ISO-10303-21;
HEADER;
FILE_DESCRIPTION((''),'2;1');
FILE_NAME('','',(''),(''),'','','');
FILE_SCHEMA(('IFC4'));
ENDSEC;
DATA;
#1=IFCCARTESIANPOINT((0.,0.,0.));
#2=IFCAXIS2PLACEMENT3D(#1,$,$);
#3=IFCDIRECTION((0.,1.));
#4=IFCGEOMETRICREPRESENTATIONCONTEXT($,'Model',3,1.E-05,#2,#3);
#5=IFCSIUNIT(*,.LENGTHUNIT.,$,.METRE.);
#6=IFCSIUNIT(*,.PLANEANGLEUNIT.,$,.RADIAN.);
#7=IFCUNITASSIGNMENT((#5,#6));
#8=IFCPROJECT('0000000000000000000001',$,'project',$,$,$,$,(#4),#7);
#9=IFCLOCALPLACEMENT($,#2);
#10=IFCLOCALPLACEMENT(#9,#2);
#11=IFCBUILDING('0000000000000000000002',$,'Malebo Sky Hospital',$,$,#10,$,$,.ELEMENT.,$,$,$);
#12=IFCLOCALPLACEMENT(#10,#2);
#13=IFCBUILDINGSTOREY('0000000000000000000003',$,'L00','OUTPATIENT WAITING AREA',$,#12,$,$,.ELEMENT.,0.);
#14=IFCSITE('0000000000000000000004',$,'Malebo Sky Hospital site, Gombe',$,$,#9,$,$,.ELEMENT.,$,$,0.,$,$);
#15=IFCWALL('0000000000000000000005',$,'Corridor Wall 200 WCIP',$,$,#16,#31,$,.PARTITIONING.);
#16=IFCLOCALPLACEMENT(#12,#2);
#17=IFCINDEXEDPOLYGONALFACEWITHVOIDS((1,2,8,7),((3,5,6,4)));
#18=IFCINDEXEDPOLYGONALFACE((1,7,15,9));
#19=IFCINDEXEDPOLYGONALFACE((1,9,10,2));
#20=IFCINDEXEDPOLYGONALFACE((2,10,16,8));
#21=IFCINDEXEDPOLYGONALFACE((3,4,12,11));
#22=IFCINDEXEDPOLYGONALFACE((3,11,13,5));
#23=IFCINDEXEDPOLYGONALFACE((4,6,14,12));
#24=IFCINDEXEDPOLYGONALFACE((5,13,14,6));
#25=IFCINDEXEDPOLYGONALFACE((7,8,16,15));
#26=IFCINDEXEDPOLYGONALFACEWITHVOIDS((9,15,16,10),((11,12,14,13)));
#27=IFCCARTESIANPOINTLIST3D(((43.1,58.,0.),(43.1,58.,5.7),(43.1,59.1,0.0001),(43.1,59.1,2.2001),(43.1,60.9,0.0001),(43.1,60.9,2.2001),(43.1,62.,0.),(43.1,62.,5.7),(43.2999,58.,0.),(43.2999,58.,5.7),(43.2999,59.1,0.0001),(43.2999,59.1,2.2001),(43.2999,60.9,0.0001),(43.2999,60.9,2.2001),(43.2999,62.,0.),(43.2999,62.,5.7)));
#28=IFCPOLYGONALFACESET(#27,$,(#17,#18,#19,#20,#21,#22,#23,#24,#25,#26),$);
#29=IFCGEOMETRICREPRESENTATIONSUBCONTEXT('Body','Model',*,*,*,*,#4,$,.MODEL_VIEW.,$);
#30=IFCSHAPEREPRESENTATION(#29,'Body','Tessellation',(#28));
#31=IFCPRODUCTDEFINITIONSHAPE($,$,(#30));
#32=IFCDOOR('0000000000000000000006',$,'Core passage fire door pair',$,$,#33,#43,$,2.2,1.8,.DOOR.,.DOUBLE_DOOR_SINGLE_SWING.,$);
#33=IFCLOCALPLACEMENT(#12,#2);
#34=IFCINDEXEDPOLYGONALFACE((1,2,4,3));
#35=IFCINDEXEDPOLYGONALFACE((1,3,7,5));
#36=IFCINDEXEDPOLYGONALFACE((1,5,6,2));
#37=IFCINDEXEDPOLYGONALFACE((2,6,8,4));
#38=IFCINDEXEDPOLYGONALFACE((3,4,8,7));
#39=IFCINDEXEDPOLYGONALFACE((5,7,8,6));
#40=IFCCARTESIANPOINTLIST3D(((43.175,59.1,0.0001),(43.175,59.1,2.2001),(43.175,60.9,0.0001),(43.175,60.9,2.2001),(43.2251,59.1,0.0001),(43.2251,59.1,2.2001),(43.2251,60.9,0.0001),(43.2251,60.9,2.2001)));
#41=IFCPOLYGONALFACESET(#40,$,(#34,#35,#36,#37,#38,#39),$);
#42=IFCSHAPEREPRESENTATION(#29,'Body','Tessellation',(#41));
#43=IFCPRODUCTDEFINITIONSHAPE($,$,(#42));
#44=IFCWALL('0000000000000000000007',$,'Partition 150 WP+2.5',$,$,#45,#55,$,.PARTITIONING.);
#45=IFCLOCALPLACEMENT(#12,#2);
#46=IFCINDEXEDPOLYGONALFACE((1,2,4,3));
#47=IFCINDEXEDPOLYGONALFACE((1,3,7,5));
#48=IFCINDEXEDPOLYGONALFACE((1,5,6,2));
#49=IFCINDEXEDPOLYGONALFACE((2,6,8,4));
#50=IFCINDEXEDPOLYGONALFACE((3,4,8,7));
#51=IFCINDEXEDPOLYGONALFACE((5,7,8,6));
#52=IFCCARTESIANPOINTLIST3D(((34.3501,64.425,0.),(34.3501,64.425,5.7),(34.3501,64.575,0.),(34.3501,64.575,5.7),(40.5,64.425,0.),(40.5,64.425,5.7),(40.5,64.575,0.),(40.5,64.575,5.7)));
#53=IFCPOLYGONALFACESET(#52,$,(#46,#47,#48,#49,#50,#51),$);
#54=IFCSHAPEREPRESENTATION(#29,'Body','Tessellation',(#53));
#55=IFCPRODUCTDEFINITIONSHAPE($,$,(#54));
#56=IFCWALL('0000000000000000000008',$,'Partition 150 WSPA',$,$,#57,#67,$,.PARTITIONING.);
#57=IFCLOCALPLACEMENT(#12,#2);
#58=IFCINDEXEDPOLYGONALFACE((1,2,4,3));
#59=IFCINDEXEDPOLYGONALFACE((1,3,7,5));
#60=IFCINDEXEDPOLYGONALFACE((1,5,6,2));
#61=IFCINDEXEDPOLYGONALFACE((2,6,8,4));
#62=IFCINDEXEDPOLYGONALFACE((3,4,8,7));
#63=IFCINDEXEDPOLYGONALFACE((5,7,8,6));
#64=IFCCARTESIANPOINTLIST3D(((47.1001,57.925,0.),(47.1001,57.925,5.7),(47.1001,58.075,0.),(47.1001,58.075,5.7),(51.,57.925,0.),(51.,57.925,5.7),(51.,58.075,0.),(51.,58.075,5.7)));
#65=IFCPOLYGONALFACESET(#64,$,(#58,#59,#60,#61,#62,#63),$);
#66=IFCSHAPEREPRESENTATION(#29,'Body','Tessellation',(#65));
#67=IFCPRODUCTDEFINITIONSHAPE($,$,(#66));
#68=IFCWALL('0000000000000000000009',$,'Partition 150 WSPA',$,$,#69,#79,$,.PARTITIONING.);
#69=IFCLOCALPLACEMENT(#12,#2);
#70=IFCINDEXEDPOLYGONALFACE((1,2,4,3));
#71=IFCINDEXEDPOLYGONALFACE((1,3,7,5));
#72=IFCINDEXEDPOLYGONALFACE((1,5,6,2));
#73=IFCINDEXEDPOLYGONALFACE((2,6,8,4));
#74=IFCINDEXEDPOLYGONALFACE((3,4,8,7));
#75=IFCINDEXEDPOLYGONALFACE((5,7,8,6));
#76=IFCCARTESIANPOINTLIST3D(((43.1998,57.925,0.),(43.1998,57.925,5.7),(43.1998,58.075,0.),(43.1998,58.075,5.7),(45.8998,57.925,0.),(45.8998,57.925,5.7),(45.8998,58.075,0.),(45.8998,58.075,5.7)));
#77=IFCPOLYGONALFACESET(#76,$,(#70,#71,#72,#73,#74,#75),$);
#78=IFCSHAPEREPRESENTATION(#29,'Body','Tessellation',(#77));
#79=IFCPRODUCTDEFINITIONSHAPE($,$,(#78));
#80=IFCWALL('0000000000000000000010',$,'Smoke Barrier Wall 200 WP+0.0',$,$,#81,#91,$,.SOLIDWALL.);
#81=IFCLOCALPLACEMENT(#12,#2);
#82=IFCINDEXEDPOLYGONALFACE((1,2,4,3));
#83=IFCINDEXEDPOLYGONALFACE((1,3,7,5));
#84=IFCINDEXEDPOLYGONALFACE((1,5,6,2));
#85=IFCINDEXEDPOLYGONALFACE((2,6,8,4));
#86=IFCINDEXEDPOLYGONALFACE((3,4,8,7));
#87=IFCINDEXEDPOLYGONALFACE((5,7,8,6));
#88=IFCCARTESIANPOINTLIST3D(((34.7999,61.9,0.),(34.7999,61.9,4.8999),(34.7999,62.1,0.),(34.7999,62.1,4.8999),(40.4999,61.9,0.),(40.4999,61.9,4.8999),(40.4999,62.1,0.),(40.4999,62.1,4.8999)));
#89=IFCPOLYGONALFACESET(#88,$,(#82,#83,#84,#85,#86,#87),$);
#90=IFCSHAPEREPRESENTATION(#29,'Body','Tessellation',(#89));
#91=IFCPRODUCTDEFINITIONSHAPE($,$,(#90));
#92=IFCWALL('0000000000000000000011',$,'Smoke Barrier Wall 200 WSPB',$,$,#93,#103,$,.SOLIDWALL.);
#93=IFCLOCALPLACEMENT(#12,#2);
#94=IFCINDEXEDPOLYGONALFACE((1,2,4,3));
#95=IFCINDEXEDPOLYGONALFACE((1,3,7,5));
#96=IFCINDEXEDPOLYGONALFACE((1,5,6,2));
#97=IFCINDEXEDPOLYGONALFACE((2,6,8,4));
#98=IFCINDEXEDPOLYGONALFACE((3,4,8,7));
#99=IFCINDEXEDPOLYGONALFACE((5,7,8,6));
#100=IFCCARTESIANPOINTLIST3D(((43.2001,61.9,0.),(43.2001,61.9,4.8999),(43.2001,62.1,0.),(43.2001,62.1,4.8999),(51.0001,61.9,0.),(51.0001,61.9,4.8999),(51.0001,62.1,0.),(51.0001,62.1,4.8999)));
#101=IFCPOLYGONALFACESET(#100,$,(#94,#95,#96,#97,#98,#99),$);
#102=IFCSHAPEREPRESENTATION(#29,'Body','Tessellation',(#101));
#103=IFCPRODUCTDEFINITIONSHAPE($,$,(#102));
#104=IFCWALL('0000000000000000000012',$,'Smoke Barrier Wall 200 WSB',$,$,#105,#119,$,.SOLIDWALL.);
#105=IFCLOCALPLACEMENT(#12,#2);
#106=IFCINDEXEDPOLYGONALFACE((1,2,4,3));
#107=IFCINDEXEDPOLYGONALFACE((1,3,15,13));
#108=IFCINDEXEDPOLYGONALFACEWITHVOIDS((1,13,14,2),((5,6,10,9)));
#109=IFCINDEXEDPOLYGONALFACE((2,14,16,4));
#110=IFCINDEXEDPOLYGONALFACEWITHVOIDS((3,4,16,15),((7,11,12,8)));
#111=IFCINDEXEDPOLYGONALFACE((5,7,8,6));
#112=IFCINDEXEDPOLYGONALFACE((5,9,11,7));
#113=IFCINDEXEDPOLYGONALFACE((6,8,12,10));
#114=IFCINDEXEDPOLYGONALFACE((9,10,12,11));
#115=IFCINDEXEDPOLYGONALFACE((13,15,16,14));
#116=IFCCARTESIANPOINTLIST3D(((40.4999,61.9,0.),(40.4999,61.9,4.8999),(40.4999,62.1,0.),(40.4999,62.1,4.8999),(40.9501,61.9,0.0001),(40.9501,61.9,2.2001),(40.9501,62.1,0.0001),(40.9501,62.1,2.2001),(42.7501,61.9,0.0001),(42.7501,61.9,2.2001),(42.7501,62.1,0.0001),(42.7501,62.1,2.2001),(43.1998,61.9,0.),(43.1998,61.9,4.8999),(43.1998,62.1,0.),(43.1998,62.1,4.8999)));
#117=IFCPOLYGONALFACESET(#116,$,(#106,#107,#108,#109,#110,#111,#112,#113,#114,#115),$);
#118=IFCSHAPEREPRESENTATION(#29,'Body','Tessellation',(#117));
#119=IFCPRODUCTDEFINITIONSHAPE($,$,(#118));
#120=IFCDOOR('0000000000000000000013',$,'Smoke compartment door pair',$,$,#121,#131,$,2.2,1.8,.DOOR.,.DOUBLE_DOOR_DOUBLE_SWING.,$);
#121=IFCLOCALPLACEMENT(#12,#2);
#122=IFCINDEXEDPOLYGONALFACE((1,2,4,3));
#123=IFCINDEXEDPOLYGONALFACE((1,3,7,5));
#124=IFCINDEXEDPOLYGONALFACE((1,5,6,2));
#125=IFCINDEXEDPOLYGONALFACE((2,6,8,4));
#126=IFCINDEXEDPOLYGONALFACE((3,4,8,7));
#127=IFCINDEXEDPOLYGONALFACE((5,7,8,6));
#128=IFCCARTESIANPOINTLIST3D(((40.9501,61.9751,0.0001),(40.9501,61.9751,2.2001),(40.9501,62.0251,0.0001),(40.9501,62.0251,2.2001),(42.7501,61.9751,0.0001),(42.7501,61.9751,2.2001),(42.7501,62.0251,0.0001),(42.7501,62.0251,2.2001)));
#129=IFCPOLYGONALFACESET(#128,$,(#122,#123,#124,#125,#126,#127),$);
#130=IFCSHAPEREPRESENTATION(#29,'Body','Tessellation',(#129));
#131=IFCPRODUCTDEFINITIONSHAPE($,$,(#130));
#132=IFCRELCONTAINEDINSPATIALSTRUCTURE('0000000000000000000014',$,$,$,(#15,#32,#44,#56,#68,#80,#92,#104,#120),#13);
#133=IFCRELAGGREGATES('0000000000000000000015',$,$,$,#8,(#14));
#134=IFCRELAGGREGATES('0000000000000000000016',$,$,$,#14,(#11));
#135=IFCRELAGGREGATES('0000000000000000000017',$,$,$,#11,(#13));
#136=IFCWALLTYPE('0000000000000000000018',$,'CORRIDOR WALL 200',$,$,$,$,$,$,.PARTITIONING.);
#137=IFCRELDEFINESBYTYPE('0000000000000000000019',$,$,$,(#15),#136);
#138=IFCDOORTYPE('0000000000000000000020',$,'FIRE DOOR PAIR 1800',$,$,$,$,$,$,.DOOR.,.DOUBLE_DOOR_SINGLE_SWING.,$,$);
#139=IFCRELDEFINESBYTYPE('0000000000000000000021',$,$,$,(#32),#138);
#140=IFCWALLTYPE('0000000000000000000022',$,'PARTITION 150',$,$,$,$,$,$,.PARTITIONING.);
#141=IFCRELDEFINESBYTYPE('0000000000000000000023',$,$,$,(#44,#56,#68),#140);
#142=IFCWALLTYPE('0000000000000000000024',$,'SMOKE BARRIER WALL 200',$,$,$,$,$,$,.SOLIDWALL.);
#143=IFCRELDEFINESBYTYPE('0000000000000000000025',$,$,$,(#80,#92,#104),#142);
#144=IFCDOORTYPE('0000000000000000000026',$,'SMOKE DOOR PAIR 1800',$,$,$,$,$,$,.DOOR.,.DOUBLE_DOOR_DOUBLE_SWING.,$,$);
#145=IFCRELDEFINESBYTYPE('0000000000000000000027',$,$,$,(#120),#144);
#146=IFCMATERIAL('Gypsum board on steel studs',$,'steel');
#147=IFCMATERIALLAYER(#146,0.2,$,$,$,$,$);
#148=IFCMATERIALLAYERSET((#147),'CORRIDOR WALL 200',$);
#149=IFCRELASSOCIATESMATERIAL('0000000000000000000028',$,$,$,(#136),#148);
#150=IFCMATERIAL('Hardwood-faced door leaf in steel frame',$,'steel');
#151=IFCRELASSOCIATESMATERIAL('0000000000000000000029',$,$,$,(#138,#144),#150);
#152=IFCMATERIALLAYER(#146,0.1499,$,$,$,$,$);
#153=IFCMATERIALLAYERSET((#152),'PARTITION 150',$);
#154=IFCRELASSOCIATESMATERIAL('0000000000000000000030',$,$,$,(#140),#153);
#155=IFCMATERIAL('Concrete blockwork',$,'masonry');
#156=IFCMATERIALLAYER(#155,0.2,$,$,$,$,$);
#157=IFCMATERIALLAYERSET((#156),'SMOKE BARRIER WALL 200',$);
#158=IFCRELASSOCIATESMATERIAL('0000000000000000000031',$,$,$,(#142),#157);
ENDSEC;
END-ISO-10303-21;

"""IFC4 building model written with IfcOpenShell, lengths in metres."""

from ifc_helpers import new_model, si_unit, direction, frame, frame_2d, origin, place, context, subcontext, project, spatial, rectangle, extrude, material, layer, layer_set, type_object, element, fill, save


model = new_model("IFC4")

# Units and contexts
model_context = context("Model", 3, precision=1e-05, world=origin(), true_north=direction((0.0, 1.0)))
body_context = subcontext(model_context, "Body", "Model", "MODEL_VIEW")
ifc_project = project(units=[si_unit("LENGTHUNIT", "METRE"), si_unit("PLANEANGLEUNIT", "RADIAN")], contexts=[model_context])

# Site, building, storey
site_placement = place(None, origin())
site = spatial("IfcSite", under=ifc_project, at=site_placement, Name="Malebo Sky Hospital site, Gombe", CompositionType="ELEMENT", RefElevation=0.0)
building_placement = place(site_placement, origin())
building = spatial("IfcBuilding", under=site, at=building_placement, Name="Malebo Sky Hospital", CompositionType="ELEMENT")
storey_placement = place(building_placement, origin())
storey = spatial("IfcBuildingStorey", under=building, at=storey_placement, Name="L00", Description="OUTPATIENT WAITING AREA", CompositionType="ELEMENT", Elevation=0.0)

# Shared definitions
ifc_material_1 = material(Name="Hardwood-faced door leaf in steel frame", Category="steel")

# Shared definitions
ifc_material_2 = material(Name="Gypsum board on steel studs", Category="steel")
ifc_layer_1 = layer(ifc_material_2, 0.2)
ifc_layer_set_1 = layer_set([ifc_layer_1], Name="CORRIDOR WALL 200")
wall_type_1 = type_object("IfcWallType", Name="CORRIDOR WALL 200", PredefinedType="PARTITIONING", material=ifc_layer_set_1)

# Wall, opening, door
wall_1_placement = place(storey_placement, frame((43.2, 58.0, 0.0), z_axis=(0.0, 0.0, 1.0), x_axis=(0.0, 1.0, 0.0)))
wall_1 = element("IfcWall", 1, at=wall_1_placement, inside=storey, type_object=wall_type_1, Name="Corridor Wall 200 WCIP", PredefinedType="PARTITIONING", context=body_context, shape_type="SweptSolid", body=[
    extrude(rectangle(XDim=4.0, YDim=0.2, at=frame_2d((2.0, 0.0))), origin(), (0.0, 0.0, 1.0), 5.7),
])
opening_1_placement = place(wall_1_placement, frame((1.1001, 0.0, 0.0)))
opening_1 = element("IfcOpeningElement", 2, at=opening_1_placement, cuts=wall_1, PredefinedType="OPENING", context=body_context, shape_type="SweptSolid", body=[
    extrude(rectangle(XDim=1.8, YDim=2.2, at=frame_2d((0.8999, 1.1001))), frame((0.0, 0.1099, 0.0), z_axis=(0.0, -1.0, 0.0), x_axis=(1.0, 0.0, 0.0)), (0.0, 0.0, 1.0), 0.22),
])
door_type_1 = type_object("IfcDoorType", Name="FIRE DOOR PAIR 1800", OperationType="DOUBLE_DOOR_SINGLE_SWING", PredefinedType="DOOR", material=ifc_material_1)
door_1_placement = place(opening_1_placement, origin())
door_1 = element("IfcDoor", 3, at=door_1_placement, inside=storey, type_object=door_type_1, Name="Core passage fire door pair", OperationType="DOUBLE_DOOR_SINGLE_SWING", OverallHeight=2.2, OverallWidth=1.8, PredefinedType="DOOR", context=body_context, shape_type="SweptSolid", body=[
    extrude(rectangle(XDim=1.8, YDim=2.2, at=frame_2d((0.8999, 1.1001))), frame((0.0, 0.0249, 0.0), z_axis=(0.0, -1.0, 0.0), x_axis=(1.0, 0.0, 0.0)), (0.0, 0.0, 1.0), 0.05),
])
fill(opening_1, door_1)

# Walls
ifc_layer_2 = layer(ifc_material_2, 0.1499)
ifc_layer_set_2 = layer_set([ifc_layer_2], Name="PARTITION 150")
wall_type_2 = type_object("IfcWallType", Name="PARTITION 150", PredefinedType="PARTITIONING", material=ifc_layer_set_2)
wall_2_placement = place(storey_placement, frame((40.5, 64.5, 0.0), z_axis=(0.0, 0.0, 1.0), x_axis=(-1.0, 0.0, 0.0)))
element("IfcWall", 4, at=wall_2_placement, inside=storey, type_object=wall_type_2, Name="Partition 150 WP+2.5", PredefinedType="PARTITIONING", context=body_context, shape_type="SweptSolid", body=[
    extrude(rectangle(XDim=6.1499, YDim=0.1499, at=frame_2d((3.075, 0.0))), origin(), (0.0, 0.0, 1.0), 5.7),
])
wall_3_placement = place(storey_placement, frame((51.0, 58.0, 0.0), z_axis=(0.0, 0.0, 1.0), x_axis=(-1.0, 0.0, 0.0)))
element("IfcWall", 5, at=wall_3_placement, inside=storey, type_object=wall_type_2, Name="Partition 150 WSPA", PredefinedType="PARTITIONING", context=body_context, shape_type="SweptSolid", body=[
    extrude(rectangle(XDim=3.8999, YDim=0.1499, at=frame_2d((1.95, 0.0))), origin(), (0.0, 0.0, 1.0), 5.7),
])
wall_4_placement = place(storey_placement, frame((45.8999, 58.0, 0.0), z_axis=(0.0, 0.0, 1.0), x_axis=(-1.0, 0.0, 0.0)))
element("IfcWall", 6, at=wall_4_placement, inside=storey, type_object=wall_type_2, Name="Partition 150 WSPA", PredefinedType="PARTITIONING", context=body_context, shape_type="SweptSolid", body=[
    extrude(rectangle(XDim=2.7, YDim=0.1499, at=frame_2d((1.3501, 0.0))), origin(), (0.0, 0.0, 1.0), 5.7),
])
ifc_material_3 = material(Name="Concrete blockwork", Category="masonry")
ifc_layer_3 = layer(ifc_material_3, 0.2)
ifc_layer_set_3 = layer_set([ifc_layer_3], Name="SMOKE BARRIER WALL 200")
wall_type_3 = type_object("IfcWallType", Name="SMOKE BARRIER WALL 200", PredefinedType="SOLIDWALL", material=ifc_layer_set_3)
wall_5_placement = place(storey_placement, frame((40.5, 62.0, 0.0), z_axis=(0.0, 0.0, 1.0), x_axis=(-1.0, 0.0, 0.0)))
element("IfcWall", 7, at=wall_5_placement, inside=storey, type_object=wall_type_3, Name="Smoke Barrier Wall 200 WP+0.0", PredefinedType="SOLIDWALL", context=body_context, shape_type="SweptSolid", body=[
    extrude(rectangle(XDim=5.7, YDim=0.2, at=frame_2d((2.8501, 0.0))), origin(), (0.0, 0.0, 1.0), 4.8999),
])
wall_6_placement = place(storey_placement, frame((51.0, 62.0, 0.0), z_axis=(0.0, 0.0, 1.0), x_axis=(-1.0, 0.0, 0.0)))
element("IfcWall", 8, at=wall_6_placement, inside=storey, type_object=wall_type_3, Name="Smoke Barrier Wall 200 WSPB", PredefinedType="SOLIDWALL", context=body_context, shape_type="SweptSolid", body=[
    extrude(rectangle(XDim=7.8, YDim=0.2, at=frame_2d((3.8999, 0.0))), origin(), (0.0, 0.0, 1.0), 4.8999),
])

# Wall, opening, door
wall_7_placement = place(storey_placement, frame((43.2, 62.0, 0.0), z_axis=(0.0, 0.0, 1.0), x_axis=(-1.0, 0.0, 0.0)))
wall_7 = element("IfcWall", 9, at=wall_7_placement, inside=storey, type_object=wall_type_3, Name="Smoke Barrier Wall 200 WSB", PredefinedType="SOLIDWALL", context=body_context, shape_type="SweptSolid", body=[
    extrude(rectangle(XDim=2.7, YDim=0.2, at=frame_2d((1.3501, 0.0))), origin(), (0.0, 0.0, 1.0), 4.8999),
])
opening_2_placement = place(wall_7_placement, frame((0.45, 0.0, 0.0)))
opening_2 = element("IfcOpeningElement", 10, at=opening_2_placement, cuts=wall_7, PredefinedType="OPENING", context=body_context, shape_type="SweptSolid", body=[
    extrude(rectangle(XDim=1.8, YDim=2.2, at=frame_2d((0.8999, 1.1001))), frame((0.0, 0.1099, 0.0), z_axis=(0.0, -1.0, 0.0), x_axis=(1.0, 0.0, 0.0)), (0.0, 0.0, 1.0), 0.22),
])
door_type_2 = type_object("IfcDoorType", Name="SMOKE DOOR PAIR 1800", OperationType="DOUBLE_DOOR_DOUBLE_SWING", PredefinedType="DOOR", material=ifc_material_1)
door_2_placement = place(opening_2_placement, origin())
door_2 = element("IfcDoor", 11, at=door_2_placement, inside=storey, type_object=door_type_2, Name="Smoke compartment door pair", OperationType="DOUBLE_DOOR_DOUBLE_SWING", OverallHeight=2.2, OverallWidth=1.8, PredefinedType="DOOR", context=body_context, shape_type="SweptSolid", body=[
    extrude(rectangle(XDim=1.8, YDim=2.2, at=frame_2d((0.8999, 1.1001))), frame((0.0, 0.0249, 0.0), z_axis=(0.0, -1.0, 0.0), x_axis=(1.0, 0.0, 0.0)), (0.0, 0.0, 1.0), 0.05),
])
fill(opening_2, door_2)

save(model, "model.ifc")
